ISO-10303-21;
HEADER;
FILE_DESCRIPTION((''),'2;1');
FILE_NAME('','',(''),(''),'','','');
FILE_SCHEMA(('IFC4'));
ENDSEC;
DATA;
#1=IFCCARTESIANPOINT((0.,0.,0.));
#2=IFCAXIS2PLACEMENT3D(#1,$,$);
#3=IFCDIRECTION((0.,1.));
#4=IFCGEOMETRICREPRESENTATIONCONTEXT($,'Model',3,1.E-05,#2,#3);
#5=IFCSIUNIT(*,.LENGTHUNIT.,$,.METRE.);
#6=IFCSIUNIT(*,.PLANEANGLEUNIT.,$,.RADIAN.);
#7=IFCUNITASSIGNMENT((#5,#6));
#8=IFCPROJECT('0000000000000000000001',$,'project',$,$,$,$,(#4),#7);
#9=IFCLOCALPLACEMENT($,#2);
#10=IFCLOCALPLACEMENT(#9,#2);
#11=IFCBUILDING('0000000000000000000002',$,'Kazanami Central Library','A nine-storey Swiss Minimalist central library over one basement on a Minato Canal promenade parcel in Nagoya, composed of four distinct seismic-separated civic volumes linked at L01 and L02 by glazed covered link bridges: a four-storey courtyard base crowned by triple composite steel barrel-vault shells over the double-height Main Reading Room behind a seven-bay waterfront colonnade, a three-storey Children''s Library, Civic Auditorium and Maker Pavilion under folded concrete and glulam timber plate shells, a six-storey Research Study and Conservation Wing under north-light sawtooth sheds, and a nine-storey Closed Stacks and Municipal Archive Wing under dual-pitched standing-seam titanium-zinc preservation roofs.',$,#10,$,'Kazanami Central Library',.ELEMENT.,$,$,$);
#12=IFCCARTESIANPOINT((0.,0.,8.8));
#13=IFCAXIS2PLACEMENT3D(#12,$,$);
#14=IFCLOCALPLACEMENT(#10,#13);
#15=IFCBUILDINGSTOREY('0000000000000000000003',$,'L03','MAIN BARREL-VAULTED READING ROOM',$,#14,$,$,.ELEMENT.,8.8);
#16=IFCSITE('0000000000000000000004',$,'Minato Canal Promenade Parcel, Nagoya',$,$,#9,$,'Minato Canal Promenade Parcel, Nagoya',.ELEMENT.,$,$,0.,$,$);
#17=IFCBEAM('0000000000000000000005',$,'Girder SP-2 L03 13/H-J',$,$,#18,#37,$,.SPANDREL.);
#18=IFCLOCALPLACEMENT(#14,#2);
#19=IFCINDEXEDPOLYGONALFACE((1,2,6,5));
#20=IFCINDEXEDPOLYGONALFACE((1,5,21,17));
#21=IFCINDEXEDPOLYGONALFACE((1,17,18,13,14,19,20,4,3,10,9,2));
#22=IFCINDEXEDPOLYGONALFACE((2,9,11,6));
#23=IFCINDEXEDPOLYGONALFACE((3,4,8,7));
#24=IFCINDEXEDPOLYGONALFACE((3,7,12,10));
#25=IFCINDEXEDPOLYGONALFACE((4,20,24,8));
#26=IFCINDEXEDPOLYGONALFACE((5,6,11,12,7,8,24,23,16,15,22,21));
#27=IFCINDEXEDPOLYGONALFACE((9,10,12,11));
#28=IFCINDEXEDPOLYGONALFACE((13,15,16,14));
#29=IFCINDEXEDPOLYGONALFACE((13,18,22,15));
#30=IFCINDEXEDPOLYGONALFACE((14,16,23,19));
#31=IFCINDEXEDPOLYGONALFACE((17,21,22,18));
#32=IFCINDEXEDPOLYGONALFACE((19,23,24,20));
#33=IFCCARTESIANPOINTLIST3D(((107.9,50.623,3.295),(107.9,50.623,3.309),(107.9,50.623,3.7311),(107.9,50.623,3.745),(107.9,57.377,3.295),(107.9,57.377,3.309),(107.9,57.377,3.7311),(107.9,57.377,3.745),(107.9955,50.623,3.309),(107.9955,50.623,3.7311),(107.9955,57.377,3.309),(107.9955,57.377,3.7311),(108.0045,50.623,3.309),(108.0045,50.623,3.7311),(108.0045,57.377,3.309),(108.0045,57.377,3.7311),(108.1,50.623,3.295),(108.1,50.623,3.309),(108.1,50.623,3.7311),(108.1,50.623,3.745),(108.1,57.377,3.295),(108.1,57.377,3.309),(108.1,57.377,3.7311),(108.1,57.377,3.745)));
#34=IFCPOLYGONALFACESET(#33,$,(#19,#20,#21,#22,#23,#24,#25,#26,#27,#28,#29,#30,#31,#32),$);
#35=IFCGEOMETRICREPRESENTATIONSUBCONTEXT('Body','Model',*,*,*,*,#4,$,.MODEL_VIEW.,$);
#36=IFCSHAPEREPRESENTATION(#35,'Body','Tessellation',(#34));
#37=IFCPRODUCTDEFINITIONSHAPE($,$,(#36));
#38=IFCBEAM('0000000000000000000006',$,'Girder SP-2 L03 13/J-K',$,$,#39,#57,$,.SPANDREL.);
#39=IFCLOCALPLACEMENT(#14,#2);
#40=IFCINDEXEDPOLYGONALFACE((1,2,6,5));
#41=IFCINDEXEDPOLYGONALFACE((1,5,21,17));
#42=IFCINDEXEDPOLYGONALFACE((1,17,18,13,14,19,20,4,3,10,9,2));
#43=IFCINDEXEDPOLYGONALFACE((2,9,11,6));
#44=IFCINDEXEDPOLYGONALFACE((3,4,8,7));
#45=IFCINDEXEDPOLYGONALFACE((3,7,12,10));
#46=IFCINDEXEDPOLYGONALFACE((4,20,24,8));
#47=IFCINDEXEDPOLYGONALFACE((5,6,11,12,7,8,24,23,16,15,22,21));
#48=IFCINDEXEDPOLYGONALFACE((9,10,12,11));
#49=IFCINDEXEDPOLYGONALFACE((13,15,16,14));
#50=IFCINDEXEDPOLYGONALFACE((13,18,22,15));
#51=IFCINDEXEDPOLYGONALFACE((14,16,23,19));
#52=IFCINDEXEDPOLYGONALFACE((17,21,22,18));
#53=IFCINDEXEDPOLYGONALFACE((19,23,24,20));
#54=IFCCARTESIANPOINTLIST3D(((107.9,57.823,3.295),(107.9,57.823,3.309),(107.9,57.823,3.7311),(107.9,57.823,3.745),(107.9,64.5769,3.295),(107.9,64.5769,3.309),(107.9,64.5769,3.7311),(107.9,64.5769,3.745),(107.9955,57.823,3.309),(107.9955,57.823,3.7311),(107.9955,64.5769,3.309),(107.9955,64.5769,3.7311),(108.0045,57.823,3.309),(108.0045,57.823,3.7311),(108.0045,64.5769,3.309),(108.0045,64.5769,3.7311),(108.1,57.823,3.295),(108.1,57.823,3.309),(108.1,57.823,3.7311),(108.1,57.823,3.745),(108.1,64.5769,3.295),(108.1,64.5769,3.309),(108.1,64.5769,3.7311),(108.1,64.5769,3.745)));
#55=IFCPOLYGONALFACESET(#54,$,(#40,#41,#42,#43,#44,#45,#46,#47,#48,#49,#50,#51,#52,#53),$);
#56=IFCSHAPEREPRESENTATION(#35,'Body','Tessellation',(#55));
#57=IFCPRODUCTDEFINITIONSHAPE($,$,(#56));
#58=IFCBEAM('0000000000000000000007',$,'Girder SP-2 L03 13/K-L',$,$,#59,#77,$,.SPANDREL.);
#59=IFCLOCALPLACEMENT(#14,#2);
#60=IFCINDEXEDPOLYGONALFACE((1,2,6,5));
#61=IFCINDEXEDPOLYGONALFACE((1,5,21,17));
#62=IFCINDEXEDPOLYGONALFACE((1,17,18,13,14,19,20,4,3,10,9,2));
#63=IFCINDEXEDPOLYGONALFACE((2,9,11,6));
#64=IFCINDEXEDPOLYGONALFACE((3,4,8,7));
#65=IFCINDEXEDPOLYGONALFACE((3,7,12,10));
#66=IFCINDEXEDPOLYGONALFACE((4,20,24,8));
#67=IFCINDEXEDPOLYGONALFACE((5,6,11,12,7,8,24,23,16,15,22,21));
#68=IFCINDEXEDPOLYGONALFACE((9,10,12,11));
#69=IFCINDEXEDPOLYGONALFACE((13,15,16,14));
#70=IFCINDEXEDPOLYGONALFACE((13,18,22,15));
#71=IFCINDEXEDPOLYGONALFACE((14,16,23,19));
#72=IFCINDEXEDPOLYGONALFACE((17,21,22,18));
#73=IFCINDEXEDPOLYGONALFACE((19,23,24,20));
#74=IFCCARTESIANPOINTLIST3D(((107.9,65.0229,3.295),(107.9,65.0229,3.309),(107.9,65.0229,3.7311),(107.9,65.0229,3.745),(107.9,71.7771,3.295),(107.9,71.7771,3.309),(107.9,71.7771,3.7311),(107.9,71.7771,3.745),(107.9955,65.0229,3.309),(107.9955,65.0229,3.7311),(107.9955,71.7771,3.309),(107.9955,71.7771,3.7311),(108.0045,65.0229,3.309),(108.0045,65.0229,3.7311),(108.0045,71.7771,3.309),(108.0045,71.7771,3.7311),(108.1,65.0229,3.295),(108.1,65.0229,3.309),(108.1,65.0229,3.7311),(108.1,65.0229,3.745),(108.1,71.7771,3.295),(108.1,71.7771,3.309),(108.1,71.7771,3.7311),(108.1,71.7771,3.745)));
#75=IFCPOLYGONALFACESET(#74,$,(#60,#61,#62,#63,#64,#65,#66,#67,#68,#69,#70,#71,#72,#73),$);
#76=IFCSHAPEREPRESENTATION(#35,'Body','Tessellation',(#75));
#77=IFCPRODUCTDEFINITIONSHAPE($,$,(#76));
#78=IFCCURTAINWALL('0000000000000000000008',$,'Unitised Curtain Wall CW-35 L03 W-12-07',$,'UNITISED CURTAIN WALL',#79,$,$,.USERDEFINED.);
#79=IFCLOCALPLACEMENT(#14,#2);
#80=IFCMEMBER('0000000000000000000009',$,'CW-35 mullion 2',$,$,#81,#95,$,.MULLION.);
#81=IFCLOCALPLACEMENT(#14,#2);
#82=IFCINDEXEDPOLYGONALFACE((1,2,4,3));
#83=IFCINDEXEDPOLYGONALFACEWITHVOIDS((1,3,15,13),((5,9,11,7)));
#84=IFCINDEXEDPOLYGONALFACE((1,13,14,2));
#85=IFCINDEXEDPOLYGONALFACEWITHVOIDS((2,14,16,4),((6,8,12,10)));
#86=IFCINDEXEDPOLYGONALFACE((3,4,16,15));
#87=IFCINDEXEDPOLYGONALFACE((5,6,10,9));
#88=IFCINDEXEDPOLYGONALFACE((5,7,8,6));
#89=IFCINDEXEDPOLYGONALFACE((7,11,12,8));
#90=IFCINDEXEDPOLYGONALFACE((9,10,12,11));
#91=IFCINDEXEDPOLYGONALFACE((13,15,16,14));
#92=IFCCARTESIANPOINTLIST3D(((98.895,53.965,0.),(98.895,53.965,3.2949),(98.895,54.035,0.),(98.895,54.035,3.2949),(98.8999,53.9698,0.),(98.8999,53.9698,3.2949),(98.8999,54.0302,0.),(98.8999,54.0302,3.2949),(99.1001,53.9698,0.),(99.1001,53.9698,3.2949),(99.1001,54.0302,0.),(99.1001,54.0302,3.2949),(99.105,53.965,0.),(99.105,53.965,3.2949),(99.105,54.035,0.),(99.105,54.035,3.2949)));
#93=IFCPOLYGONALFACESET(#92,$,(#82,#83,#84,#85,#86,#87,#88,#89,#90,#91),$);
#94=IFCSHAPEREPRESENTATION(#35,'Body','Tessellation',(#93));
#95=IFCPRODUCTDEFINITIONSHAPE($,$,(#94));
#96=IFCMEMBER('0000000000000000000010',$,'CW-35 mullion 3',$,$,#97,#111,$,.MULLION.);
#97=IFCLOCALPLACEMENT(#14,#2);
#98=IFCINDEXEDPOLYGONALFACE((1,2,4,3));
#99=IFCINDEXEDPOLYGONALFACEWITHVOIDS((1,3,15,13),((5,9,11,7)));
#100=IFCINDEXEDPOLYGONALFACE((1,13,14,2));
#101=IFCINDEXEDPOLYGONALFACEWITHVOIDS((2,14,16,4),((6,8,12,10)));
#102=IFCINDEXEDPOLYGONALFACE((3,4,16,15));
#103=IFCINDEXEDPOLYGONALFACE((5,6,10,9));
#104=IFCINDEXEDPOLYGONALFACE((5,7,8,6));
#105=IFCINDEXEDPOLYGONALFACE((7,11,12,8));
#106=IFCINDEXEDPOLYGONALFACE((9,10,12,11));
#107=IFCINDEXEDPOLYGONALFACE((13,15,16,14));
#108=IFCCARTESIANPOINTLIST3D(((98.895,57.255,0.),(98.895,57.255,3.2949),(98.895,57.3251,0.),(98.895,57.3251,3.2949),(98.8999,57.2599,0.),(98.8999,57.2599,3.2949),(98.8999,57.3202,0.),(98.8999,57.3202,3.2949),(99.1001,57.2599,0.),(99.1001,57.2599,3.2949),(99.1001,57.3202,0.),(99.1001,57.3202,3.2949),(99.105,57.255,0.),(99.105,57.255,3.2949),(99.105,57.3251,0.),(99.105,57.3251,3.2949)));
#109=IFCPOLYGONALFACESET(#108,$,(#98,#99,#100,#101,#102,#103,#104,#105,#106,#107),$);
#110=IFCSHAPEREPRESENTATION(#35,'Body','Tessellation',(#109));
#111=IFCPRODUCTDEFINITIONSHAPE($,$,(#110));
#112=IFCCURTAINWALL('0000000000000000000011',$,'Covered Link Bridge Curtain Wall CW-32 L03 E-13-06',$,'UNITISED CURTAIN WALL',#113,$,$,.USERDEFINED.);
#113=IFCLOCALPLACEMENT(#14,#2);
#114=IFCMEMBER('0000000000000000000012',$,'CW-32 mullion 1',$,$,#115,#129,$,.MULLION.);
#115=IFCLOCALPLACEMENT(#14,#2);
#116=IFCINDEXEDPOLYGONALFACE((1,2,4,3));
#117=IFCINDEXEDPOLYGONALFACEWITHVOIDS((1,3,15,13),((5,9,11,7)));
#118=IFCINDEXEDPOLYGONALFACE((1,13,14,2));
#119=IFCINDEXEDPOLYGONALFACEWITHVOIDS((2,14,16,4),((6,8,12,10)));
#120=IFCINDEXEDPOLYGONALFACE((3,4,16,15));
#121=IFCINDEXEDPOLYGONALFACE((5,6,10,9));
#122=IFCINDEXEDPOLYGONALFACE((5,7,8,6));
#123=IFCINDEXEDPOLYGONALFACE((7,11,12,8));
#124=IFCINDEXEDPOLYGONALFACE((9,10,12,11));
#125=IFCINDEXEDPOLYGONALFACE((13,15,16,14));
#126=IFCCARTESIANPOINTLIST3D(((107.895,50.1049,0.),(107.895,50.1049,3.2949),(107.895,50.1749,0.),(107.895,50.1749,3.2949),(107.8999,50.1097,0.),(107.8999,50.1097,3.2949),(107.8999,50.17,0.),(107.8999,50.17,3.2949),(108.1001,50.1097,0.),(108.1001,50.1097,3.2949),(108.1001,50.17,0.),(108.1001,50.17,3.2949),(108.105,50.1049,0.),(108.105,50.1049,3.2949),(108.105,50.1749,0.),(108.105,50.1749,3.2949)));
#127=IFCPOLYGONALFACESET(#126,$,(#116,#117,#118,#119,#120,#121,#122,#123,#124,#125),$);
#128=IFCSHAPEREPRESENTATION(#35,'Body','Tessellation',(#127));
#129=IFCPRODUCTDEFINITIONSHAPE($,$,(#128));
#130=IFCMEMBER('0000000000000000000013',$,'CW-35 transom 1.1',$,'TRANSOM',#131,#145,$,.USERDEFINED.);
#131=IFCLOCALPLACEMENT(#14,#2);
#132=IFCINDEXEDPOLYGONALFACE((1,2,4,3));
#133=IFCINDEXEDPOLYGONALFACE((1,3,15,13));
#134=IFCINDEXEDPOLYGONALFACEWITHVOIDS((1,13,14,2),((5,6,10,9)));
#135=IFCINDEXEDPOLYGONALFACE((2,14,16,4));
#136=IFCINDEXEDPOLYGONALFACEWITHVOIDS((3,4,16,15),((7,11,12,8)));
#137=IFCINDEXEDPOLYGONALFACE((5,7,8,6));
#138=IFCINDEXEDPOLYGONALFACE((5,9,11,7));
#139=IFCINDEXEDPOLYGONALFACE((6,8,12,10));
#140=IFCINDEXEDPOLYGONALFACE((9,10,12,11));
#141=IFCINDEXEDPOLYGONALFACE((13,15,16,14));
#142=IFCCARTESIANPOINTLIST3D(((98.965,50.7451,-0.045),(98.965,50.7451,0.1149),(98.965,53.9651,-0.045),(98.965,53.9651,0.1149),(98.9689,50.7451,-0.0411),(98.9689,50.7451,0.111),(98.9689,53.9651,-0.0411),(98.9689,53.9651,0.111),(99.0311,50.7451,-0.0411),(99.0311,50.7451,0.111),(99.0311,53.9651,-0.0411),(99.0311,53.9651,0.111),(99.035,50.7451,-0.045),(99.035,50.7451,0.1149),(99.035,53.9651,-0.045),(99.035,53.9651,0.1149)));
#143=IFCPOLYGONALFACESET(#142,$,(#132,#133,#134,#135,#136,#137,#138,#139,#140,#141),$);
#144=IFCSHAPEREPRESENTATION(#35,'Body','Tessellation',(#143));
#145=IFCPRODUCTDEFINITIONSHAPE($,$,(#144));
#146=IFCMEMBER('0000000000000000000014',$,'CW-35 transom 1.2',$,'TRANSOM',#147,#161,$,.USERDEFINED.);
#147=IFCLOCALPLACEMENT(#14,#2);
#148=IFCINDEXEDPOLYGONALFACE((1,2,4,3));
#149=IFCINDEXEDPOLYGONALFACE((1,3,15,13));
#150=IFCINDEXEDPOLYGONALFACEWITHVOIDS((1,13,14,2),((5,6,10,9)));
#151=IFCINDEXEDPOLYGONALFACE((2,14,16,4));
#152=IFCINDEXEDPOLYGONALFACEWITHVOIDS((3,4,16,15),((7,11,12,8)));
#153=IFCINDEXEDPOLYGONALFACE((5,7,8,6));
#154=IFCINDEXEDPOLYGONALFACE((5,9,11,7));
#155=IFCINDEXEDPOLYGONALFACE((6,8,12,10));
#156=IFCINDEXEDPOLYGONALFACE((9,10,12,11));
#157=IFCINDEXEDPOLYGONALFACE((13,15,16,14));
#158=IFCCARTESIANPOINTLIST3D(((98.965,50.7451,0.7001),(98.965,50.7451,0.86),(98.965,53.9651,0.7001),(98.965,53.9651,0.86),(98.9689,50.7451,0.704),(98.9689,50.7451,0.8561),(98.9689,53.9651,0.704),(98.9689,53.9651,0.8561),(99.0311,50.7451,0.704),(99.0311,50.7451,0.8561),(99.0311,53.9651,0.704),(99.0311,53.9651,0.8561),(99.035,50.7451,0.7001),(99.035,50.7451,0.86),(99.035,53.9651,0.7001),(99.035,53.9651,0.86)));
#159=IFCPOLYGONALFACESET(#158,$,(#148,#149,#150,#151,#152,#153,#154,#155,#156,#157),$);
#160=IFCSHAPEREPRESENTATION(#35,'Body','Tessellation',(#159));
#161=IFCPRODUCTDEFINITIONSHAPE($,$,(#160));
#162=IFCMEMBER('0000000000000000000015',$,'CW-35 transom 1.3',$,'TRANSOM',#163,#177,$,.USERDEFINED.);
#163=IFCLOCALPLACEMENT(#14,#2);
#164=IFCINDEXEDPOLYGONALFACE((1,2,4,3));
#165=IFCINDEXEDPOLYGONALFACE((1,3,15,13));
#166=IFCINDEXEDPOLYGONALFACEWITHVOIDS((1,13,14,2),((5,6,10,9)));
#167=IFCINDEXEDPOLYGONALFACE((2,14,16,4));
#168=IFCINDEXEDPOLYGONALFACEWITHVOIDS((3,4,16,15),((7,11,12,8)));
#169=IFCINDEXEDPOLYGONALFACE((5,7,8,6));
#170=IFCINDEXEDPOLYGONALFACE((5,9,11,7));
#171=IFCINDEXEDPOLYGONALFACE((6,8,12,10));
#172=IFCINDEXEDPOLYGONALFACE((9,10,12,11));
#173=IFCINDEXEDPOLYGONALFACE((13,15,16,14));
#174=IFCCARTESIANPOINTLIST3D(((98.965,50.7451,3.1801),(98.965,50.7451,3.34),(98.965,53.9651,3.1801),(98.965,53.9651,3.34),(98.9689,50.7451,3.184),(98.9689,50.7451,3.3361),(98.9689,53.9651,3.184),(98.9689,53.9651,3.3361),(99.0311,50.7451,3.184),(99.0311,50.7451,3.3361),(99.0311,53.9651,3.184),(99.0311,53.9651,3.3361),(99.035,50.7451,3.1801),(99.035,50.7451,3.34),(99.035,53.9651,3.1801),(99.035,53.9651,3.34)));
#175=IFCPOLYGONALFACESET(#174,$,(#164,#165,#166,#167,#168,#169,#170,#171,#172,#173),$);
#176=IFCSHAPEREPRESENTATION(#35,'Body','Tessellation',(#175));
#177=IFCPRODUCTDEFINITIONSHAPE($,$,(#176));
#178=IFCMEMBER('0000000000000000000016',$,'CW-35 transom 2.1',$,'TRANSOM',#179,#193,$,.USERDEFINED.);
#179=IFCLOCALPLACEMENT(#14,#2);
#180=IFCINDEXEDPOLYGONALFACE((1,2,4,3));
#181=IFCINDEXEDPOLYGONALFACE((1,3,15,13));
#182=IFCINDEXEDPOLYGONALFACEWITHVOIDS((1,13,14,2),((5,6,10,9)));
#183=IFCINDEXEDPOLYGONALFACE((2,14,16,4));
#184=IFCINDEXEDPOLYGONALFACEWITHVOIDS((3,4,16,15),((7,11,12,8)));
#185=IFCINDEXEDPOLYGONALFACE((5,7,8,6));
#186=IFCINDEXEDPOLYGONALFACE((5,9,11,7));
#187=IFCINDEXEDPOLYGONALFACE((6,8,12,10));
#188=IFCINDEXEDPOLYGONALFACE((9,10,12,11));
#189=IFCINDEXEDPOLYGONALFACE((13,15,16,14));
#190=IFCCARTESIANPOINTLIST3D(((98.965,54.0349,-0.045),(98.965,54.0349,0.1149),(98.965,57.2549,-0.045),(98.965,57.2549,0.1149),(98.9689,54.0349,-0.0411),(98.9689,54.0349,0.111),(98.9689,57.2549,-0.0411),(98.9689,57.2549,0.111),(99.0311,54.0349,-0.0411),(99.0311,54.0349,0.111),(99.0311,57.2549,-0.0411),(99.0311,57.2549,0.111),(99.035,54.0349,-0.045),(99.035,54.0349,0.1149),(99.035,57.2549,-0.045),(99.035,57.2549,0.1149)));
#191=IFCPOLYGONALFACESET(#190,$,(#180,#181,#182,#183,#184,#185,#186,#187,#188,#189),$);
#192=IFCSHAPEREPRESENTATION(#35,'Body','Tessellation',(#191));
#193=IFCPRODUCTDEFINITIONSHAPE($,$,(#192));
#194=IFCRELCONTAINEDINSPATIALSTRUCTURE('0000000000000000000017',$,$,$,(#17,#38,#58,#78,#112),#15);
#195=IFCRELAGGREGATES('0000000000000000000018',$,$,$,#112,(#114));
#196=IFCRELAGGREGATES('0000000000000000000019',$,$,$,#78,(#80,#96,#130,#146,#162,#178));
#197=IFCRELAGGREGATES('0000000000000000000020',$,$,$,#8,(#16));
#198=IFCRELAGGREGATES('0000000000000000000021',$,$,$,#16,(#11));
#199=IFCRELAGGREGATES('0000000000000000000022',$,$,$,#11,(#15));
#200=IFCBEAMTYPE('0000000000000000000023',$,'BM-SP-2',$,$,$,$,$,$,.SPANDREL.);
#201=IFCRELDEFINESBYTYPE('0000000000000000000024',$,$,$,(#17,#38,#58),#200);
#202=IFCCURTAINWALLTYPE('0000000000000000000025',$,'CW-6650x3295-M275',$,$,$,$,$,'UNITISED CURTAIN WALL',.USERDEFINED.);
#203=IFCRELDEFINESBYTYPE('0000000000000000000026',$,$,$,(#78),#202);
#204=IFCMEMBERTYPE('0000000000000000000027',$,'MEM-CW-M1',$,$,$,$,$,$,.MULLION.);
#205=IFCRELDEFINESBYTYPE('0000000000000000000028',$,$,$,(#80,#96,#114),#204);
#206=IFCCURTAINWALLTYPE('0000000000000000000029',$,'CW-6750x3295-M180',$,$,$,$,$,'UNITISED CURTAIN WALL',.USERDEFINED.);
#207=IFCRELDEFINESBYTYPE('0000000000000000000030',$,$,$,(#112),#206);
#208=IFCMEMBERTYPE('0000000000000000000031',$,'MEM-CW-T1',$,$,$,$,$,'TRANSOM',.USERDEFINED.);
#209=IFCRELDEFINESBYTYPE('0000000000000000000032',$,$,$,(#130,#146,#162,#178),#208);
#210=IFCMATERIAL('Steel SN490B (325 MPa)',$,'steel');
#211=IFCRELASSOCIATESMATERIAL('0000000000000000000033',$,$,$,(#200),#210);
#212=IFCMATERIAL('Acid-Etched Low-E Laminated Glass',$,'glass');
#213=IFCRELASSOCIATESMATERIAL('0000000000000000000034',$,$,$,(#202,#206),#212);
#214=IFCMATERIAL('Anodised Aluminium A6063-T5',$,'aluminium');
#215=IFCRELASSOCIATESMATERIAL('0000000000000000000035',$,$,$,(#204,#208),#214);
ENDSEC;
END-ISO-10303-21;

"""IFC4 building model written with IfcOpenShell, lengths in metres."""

from ifc_helpers import new_model, si_unit, direction, frame, origin, origin_2d, place, context, subcontext, project, spatial, hollow_rectangle, i_section, extrude, material, material_profile, profile_set, type_object, element, aggregate, save


model = new_model("IFC4")

# Units and contexts
model_context = context("Model", 3, precision=1e-05, world=origin(), true_north=direction((0.0, 1.0)))
body_context = subcontext(model_context, "Body", "Model", "MODEL_VIEW")
ifc_project = project(units=[si_unit("LENGTHUNIT", "METRE"), si_unit("PLANEANGLEUNIT", "RADIAN")], contexts=[model_context])

# Site, building, storey
site_placement = place(None, origin())
site = spatial("IfcSite", under=ifc_project, at=site_placement, Name="Minato Canal Promenade Parcel, Nagoya", LongName="Minato Canal Promenade Parcel, Nagoya", CompositionType="ELEMENT", RefElevation=0.0)
building_placement = place(site_placement, origin())
building = spatial("IfcBuilding", under=site, at=building_placement, Name="Kazanami Central Library", Description="A nine-storey Swiss Minimalist central library over one basement on a Minato Canal promenade parcel in Nagoya, composed of four distinct seismic-separated civic volumes linked at L01 and L02 by glazed covered link bridges: a four-storey courtyard base crowned by triple composite steel barrel-vault shells over the double-height Main Reading Room behind a seven-bay waterfront colonnade, a three-storey Children's Library, Civic Auditorium and Maker Pavilion under folded concrete and glulam timber plate shells, a six-storey Research Study and Conservation Wing under north-light sawtooth sheds, and a nine-storey Closed Stacks and Municipal Archive Wing under dual-pitched standing-seam titanium-zinc preservation roofs.", LongName="Kazanami Central Library", CompositionType="ELEMENT")
storey_placement = place(building_placement, frame((0.0, 0.0, 8.8)))
storey = spatial("IfcBuildingStorey", under=building, at=storey_placement, Name="L03", Description="MAIN BARREL-VAULTED READING ROOM", CompositionType="ELEMENT", Elevation=8.8)

# Beams
ifc_material_1 = material(Name="Steel SN490B (325 MPa)", Category="steel")
ifc_material_profile_1 = material_profile(ifc_material_1, i_section(OverallWidth=0.2, OverallDepth=0.45, WebThickness=0.009, FlangeThickness=0.0139, at=origin_2d()), Name="H-450x200x9x14")
ifc_profile_set_1 = profile_set([ifc_material_profile_1], Name="Steel SN490B (325 MPa)")
beam_type_1 = type_object("IfcBeamType", Name="BM-SP-2", PredefinedType="SPANDREL", material=ifc_profile_set_1)
for number, where, z_axis, x_axis, name in (
    (1, (108.0, 50.623, 3.52), (0.0, 1.0, 0.0), (-1.0, 0.0, 0.0), "Girder SP-2 L03 13/H-J"),
    (2, (108.0, 57.823, 3.52), (0.0, 1.0, 0.0), (-1.0, 0.0, 0.0), "Girder SP-2 L03 13/J-K"),
):
    element("IfcBeam", number, at=place(storey_placement, frame(where, z_axis=z_axis, x_axis=x_axis)), inside=storey, type_object=beam_type_1, Name=name, PredefinedType="SPANDREL", context=body_context, shape_type="SweptSolid", body=[
        extrude(i_section(OverallWidth=0.2, OverallDepth=0.45, WebThickness=0.009, FlangeThickness=0.0139, at=origin_2d()), origin(), (0.0, 0.0, 1.0), 6.7539),
    ])
beam_1_placement = place(storey_placement, frame((108.0, 65.0229, 3.52), z_axis=(0.0, 1.0, 0.0), x_axis=(-1.0, 0.0, 0.0)))
element("IfcBeam", 3, at=beam_1_placement, inside=storey, type_object=beam_type_1, Name="Girder SP-2 L03 13/K-L", PredefinedType="SPANDREL", context=body_context, shape_type="SweptSolid", body=[
    extrude(i_section(OverallWidth=0.2, OverallDepth=0.45, WebThickness=0.009, FlangeThickness=0.0139, at=origin_2d()), origin(), (0.0, 0.0, 1.0), 6.7542),
])

# Curtain wall, members
ifc_material_2 = material(Name="Acid-Etched Low-E Laminated Glass", Category="glass")
curtain_wall_type_1 = type_object("IfcCurtainWallType", Name="CW-6650x3295-M275", ElementType="UNITISED CURTAIN WALL", PredefinedType="USERDEFINED", material=ifc_material_2)
curtain_wall_1_placement = place(storey_placement, origin())
curtain_wall_1 = element("IfcCurtainWall", 4, at=curtain_wall_1_placement, inside=storey, type_object=curtain_wall_type_1, Name="Unitised Curtain Wall CW-35 L03 W-12-07", ObjectType="UNITISED CURTAIN WALL", PredefinedType="USERDEFINED")
ifc_material_3 = material(Name="Anodised Aluminium A6063-T5", Category="aluminium")
ifc_material_profile_2 = material_profile(ifc_material_3, hollow_rectangle(XDim=0.0701, YDim=0.21, WallThickness=0.0049, at=origin_2d()), Name="ALU-MULL-70x210x5")
ifc_profile_set_2 = profile_set([ifc_material_profile_2], Name="Anodised Aluminium A6063-T5")
member_type_1 = type_object("IfcMemberType", Name="MEM-CW-M1", PredefinedType="MULLION", material=ifc_profile_set_2)
member_1_placement = place(storey_placement, frame((99.0, 54.0, 0.0), z_axis=(0.0, 0.0, 1.0), x_axis=(0.0, 1.0, 0.0)))
member_1 = element("IfcMember", 5, at=member_1_placement, type_object=member_type_1, Name="CW-35 mullion 2", PredefinedType="MULLION", context=body_context, shape_type="SweptSolid", body=[
    extrude(hollow_rectangle(XDim=0.0701, YDim=0.21, WallThickness=0.0049, at=origin_2d()), origin(), (0.0, 0.0, 1.0), 3.2949),
])
member_2_placement = place(storey_placement, frame((99.0, 57.29, 0.0), z_axis=(0.0, 0.0, 1.0), x_axis=(0.0, 1.0, 0.0)))
member_2 = element("IfcMember", 6, at=member_2_placement, type_object=member_type_1, Name="CW-35 mullion 3", PredefinedType="MULLION", context=body_context, shape_type="SweptSolid", body=[
    extrude(hollow_rectangle(XDim=0.0701, YDim=0.21, WallThickness=0.0049, at=origin_2d()), origin(), (0.0, 0.0, 1.0), 3.2949),
])

# Curtain wall, member
curtain_wall_type_2 = type_object("IfcCurtainWallType", Name="CW-6750x3295-M180", ElementType="UNITISED CURTAIN WALL", PredefinedType="USERDEFINED", material=ifc_material_2)
curtain_wall_2_placement = place(storey_placement, origin())
curtain_wall_2 = element("IfcCurtainWall", 7, at=curtain_wall_2_placement, inside=storey, type_object=curtain_wall_type_2, Name="Covered Link Bridge Curtain Wall CW-32 L03 E-13-06", ObjectType="UNITISED CURTAIN WALL", PredefinedType="USERDEFINED")
member_3_placement = place(storey_placement, frame((108.0, 50.1399, 0.0), z_axis=(0.0, 0.0, 1.0), x_axis=(0.0, -1.0, 0.0)))
member_3 = element("IfcMember", 8, at=member_3_placement, type_object=member_type_1, Name="CW-32 mullion 1", PredefinedType="MULLION", context=body_context, shape_type="SweptSolid", body=[
    extrude(hollow_rectangle(XDim=0.0701, YDim=0.21, WallThickness=0.0049, at=origin_2d()), origin(), (0.0, 0.0, 1.0), 3.2949),
])

# Members
ifc_material_profile_3 = material_profile(ifc_material_3, hollow_rectangle(XDim=0.0701, YDim=0.1599, WallThickness=0.0039, at=origin_2d()), Name="ALU-TRAN-70x160x4")
ifc_profile_set_3 = profile_set([ifc_material_profile_3], Name="Anodised Aluminium A6063-T5")
member_type_2 = type_object("IfcMemberType", Name="MEM-CW-T1", ElementType="TRANSOM", PredefinedType="USERDEFINED", material=ifc_profile_set_3)
member_4_placement = place(storey_placement, frame((99.0, 50.7451, 0.0349), z_axis=(0.0, 1.0, 0.0), x_axis=(-1.0, 0.0, 0.0)))
member_4 = element("IfcMember", 9, at=member_4_placement, type_object=member_type_2, Name="CW-35 transom 1.1", ObjectType="TRANSOM", PredefinedType="USERDEFINED", context=body_context, shape_type="SweptSolid", body=[
    extrude(hollow_rectangle(XDim=0.0701, YDim=0.1599, WallThickness=0.0039, at=origin_2d()), origin(), (0.0, 0.0, 1.0), 3.22),
])
member_5_placement = place(storey_placement, frame((99.0, 50.7451, 0.78), z_axis=(0.0, 1.0, 0.0), x_axis=(-1.0, 0.0, 0.0)))
member_5 = element("IfcMember", 10, at=member_5_placement, type_object=member_type_2, Name="CW-35 transom 1.2", ObjectType="TRANSOM", PredefinedType="USERDEFINED", context=body_context, shape_type="SweptSolid", body=[
    extrude(hollow_rectangle(XDim=0.0701, YDim=0.1599, WallThickness=0.0039, at=origin_2d()), origin(), (0.0, 0.0, 1.0), 3.22),
])
member_6_placement = place(storey_placement, frame((99.0, 50.7451, 3.26), z_axis=(0.0, 1.0, 0.0), x_axis=(-1.0, 0.0, 0.0)))
member_6 = element("IfcMember", 11, at=member_6_placement, type_object=member_type_2, Name="CW-35 transom 1.3", ObjectType="TRANSOM", PredefinedType="USERDEFINED", context=body_context, shape_type="SweptSolid", body=[
    extrude(hollow_rectangle(XDim=0.0701, YDim=0.1599, WallThickness=0.0039, at=origin_2d()), origin(), (0.0, 0.0, 1.0), 3.22),
])
member_7_placement = place(storey_placement, frame((99.0, 54.0349, 0.0349), z_axis=(0.0, 1.0, 0.0), x_axis=(-1.0, 0.0, 0.0)))
member_7 = element("IfcMember", 12, at=member_7_placement, type_object=member_type_2, Name="CW-35 transom 2.1", ObjectType="TRANSOM", PredefinedType="USERDEFINED", context=body_context, shape_type="SweptSolid", body=[
    extrude(hollow_rectangle(XDim=0.0701, YDim=0.1599, WallThickness=0.0039, at=origin_2d()), origin(), (0.0, 0.0, 1.0), 3.22),
])

aggregate(curtain_wall_2, [member_3])
aggregate(curtain_wall_1, [member_1, member_2, member_4, member_5, member_6, member_7])

save(model, "model.ifc")
